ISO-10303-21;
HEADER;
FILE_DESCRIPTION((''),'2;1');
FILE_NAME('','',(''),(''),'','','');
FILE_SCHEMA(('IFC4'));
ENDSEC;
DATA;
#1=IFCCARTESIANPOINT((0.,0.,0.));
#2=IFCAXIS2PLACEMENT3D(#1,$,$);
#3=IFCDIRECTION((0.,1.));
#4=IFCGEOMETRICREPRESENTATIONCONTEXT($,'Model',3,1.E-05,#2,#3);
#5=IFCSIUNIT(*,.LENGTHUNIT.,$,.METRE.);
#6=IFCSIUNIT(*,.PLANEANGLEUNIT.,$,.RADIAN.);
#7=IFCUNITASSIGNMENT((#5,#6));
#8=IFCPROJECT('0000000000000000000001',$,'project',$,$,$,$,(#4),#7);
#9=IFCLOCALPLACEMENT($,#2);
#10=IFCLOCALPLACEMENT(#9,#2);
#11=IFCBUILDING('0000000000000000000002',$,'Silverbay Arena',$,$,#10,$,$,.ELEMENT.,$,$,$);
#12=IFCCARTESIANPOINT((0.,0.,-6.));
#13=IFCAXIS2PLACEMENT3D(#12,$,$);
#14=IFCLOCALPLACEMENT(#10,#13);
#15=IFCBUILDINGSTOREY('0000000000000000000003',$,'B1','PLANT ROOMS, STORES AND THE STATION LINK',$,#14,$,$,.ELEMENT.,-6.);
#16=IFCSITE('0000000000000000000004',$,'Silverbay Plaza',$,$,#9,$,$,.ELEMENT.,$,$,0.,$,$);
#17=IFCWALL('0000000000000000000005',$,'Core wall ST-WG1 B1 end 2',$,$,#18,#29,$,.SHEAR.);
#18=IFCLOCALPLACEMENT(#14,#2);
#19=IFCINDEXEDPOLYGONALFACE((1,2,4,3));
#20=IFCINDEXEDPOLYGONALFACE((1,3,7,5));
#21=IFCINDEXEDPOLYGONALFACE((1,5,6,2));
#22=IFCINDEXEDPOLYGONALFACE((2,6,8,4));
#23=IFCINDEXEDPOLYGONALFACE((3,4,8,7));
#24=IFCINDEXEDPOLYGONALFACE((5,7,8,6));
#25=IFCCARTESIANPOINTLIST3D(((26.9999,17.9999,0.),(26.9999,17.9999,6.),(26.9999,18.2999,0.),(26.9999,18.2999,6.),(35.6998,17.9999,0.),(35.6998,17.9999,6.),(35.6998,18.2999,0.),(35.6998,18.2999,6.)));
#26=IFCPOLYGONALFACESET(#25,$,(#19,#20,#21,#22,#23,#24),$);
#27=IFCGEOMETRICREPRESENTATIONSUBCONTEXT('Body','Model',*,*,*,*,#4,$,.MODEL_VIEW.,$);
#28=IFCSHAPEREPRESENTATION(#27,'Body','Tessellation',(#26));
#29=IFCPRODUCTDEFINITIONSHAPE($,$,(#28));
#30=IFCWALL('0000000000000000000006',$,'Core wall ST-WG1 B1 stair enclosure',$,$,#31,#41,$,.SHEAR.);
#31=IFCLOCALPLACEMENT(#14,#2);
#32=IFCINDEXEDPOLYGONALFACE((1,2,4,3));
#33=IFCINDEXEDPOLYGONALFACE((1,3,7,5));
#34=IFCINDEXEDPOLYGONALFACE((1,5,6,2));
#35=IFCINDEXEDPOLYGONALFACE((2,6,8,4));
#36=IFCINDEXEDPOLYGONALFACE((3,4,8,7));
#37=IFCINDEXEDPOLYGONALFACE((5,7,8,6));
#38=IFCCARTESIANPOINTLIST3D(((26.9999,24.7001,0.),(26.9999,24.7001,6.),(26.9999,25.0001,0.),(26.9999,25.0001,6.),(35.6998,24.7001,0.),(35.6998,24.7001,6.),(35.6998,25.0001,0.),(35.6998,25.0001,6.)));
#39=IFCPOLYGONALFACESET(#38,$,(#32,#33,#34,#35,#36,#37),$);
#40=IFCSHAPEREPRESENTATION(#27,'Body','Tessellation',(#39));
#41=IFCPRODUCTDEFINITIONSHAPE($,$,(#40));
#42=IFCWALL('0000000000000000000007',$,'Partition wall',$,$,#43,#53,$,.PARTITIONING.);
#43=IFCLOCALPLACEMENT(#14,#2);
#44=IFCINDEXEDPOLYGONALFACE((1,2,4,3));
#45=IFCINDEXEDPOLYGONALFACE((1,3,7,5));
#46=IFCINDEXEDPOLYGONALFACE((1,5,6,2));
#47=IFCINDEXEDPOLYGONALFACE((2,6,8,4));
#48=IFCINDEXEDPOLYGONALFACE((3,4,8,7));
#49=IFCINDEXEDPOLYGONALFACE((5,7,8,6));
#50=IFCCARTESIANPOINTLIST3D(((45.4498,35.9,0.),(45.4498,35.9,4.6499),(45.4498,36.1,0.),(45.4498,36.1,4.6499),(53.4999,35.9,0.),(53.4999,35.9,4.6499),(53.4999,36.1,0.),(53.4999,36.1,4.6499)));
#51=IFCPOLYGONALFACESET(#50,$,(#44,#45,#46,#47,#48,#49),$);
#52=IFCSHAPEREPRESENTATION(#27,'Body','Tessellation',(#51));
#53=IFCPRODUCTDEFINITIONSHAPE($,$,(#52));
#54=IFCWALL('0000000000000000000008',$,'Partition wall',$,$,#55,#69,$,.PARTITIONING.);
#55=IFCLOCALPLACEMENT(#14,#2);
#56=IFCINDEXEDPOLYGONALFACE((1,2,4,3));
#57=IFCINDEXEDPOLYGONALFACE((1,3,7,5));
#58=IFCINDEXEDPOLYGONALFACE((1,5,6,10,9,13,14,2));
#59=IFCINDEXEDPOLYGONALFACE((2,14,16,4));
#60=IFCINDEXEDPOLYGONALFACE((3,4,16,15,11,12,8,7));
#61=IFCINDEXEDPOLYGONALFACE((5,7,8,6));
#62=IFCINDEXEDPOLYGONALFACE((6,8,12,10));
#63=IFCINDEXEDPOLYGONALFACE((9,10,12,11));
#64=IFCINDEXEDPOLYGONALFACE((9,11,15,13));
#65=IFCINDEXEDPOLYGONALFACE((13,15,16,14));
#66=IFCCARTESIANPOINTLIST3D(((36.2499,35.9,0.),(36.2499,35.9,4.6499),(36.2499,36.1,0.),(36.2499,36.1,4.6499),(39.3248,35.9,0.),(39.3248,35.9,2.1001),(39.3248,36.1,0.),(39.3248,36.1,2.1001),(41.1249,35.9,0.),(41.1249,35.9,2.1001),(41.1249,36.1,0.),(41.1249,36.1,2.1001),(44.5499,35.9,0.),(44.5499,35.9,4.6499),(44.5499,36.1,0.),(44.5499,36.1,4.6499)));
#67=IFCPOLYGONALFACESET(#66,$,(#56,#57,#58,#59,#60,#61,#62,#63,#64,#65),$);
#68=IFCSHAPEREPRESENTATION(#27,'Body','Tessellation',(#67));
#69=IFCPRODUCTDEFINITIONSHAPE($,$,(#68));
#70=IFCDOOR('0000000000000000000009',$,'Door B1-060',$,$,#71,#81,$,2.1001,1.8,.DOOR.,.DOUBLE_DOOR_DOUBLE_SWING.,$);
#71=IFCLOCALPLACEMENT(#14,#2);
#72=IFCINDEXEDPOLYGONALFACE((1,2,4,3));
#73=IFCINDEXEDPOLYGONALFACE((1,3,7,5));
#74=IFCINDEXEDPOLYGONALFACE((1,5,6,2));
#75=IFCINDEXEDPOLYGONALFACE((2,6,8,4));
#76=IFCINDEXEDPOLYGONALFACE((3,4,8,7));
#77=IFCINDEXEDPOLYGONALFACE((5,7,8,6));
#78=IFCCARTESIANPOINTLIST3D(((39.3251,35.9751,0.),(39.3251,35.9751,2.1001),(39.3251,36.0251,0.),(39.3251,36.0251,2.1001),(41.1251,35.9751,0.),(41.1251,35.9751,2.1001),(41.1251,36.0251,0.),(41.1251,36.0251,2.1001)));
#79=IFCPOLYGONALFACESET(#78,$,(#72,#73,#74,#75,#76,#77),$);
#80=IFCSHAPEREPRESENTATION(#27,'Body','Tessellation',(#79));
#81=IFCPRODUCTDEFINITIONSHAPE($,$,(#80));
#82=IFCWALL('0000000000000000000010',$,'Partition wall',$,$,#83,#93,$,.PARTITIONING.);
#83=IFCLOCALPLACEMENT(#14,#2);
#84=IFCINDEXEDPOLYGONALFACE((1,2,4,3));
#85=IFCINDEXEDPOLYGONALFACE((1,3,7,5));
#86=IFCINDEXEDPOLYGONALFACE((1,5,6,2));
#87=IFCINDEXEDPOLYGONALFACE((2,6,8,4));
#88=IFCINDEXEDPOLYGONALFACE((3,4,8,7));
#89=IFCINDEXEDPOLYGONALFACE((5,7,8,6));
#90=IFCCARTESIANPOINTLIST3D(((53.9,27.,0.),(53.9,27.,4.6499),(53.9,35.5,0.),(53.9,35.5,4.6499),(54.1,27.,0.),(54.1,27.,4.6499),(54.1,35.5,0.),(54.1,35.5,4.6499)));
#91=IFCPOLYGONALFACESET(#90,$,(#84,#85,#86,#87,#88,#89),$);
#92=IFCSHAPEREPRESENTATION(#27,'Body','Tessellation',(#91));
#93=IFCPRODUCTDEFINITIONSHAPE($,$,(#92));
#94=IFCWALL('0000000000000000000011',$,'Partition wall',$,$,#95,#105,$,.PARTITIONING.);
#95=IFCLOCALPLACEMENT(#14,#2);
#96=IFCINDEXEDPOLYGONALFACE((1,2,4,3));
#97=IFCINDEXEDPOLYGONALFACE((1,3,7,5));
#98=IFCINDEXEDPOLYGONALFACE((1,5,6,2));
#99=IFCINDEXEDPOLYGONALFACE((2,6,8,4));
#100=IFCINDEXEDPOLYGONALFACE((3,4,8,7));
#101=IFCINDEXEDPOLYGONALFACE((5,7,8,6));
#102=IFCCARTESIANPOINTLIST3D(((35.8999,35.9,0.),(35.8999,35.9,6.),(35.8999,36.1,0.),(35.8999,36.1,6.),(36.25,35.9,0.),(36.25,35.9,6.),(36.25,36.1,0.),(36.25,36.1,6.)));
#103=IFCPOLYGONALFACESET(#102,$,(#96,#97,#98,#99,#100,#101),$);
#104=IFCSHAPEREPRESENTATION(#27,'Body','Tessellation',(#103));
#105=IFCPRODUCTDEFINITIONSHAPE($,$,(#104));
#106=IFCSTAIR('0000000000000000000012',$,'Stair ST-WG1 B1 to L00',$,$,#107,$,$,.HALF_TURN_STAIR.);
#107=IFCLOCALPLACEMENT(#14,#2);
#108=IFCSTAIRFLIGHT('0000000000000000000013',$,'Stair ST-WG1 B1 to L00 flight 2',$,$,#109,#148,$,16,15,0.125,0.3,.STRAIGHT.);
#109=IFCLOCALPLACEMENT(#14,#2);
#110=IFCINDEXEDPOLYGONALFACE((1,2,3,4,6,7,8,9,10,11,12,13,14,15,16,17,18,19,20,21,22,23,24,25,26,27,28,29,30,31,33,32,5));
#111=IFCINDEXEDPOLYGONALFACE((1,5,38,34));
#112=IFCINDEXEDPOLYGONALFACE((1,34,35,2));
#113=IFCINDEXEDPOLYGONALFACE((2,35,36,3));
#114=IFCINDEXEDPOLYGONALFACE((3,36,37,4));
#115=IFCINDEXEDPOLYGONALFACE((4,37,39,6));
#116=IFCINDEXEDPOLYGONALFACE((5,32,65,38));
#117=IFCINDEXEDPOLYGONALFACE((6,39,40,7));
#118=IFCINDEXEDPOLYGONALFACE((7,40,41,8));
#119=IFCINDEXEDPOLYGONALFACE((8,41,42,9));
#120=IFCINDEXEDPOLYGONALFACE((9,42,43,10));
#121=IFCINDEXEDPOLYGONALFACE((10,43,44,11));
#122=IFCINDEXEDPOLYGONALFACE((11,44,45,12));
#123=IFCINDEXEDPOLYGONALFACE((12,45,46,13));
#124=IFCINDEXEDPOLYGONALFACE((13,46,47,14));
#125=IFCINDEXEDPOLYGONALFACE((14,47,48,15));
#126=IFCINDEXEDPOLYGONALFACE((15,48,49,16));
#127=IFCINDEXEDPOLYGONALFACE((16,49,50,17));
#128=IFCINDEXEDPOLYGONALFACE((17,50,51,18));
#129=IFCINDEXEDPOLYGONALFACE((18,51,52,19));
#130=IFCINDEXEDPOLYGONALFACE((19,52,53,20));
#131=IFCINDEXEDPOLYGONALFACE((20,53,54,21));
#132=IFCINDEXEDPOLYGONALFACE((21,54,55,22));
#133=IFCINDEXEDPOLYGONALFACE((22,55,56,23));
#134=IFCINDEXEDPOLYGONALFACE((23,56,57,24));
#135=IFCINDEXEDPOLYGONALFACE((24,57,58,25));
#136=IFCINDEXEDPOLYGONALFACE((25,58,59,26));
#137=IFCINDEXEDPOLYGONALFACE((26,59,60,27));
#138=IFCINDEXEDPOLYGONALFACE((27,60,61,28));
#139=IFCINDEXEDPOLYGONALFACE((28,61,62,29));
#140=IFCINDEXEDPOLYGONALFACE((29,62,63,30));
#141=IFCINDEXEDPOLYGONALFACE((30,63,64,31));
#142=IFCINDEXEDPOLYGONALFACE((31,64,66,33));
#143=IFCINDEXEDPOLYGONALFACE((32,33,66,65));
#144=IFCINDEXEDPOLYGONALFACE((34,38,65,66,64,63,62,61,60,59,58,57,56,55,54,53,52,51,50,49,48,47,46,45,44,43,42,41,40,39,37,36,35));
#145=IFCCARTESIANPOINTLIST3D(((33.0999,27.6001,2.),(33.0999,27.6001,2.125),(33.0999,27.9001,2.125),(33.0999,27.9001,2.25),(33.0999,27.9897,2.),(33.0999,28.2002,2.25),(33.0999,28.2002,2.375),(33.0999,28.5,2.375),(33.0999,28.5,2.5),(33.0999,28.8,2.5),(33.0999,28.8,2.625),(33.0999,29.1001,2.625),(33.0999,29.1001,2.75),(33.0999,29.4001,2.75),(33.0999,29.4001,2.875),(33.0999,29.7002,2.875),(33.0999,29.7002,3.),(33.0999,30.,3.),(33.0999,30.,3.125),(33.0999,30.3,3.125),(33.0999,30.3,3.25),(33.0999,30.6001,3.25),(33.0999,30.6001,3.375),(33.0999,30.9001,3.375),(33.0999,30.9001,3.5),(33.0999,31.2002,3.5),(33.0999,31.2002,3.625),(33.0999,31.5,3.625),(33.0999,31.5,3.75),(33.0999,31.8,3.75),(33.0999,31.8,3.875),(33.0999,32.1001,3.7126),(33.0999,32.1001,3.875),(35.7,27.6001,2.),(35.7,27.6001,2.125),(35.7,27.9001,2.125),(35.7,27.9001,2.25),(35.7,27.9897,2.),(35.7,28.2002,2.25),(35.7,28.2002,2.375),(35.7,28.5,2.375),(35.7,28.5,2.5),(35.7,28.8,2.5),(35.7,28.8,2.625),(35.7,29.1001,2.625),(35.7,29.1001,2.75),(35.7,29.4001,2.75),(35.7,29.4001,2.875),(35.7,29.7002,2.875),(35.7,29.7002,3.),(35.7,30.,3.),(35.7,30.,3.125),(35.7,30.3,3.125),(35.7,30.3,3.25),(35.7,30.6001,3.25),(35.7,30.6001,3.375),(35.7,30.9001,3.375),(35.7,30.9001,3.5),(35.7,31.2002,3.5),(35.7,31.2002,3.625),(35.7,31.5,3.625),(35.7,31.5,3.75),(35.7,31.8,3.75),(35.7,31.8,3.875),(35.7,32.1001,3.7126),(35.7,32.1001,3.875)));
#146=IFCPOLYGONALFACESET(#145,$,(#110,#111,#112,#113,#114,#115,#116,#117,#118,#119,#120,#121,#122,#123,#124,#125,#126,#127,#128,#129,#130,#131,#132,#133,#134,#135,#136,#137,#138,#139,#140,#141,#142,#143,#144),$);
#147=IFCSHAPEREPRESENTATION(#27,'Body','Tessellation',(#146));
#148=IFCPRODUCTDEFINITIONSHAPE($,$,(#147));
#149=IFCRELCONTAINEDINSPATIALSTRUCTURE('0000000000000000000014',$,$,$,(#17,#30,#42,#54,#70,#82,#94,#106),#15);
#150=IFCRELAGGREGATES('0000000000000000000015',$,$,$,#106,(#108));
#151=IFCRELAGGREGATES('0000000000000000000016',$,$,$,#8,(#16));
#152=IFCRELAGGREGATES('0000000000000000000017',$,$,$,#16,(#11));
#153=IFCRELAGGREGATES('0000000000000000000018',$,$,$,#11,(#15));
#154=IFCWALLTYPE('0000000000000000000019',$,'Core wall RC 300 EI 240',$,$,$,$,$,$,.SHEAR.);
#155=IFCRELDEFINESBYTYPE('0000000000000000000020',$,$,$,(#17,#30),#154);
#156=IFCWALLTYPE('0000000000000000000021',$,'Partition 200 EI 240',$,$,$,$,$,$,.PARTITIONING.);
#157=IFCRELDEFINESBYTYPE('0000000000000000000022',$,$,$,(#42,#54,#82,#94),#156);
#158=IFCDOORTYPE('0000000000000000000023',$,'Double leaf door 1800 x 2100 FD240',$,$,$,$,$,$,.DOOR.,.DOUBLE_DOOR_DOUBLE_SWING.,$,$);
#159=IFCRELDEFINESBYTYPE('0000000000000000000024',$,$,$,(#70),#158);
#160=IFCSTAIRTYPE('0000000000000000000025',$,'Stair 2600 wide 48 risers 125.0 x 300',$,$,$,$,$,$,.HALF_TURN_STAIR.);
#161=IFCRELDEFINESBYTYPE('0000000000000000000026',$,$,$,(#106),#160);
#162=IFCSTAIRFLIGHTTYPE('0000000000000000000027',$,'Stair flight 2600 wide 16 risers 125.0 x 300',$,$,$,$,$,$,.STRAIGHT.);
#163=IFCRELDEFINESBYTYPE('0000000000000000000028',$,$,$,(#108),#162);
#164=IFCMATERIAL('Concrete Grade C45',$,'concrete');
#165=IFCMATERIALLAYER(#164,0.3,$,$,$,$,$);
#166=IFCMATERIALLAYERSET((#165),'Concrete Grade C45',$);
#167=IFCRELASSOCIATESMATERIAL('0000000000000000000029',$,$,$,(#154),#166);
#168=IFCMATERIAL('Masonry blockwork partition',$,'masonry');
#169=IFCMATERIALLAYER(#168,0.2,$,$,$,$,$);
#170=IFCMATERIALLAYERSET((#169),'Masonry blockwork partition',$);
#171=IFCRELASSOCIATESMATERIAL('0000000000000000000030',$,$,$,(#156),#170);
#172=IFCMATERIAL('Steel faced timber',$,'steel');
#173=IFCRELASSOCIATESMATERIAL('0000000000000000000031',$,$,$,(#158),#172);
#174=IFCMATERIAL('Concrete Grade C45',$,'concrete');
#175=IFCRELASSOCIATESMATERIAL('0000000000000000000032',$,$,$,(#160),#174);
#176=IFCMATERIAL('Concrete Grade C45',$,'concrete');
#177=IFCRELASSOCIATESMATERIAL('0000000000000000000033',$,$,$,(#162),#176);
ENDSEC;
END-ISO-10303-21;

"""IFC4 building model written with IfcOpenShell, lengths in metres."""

from ifc_helpers import new_model, si_unit, direction, frame, frame_2d, origin, place, context, subcontext, project, spatial, polyline, rectangle, outline, extrude, material, layer, layer_set, type_object, element, fill, aggregate, save


model = new_model("IFC4")

# Units and contexts
model_context = context("Model", 3, precision=1e-05, world=origin(), true_north=direction((0.0, 1.0)))
body_context = subcontext(model_context, "Body", "Model", "MODEL_VIEW")
ifc_project = project(units=[si_unit("LENGTHUNIT", "METRE"), si_unit("PLANEANGLEUNIT", "RADIAN")], contexts=[model_context])

# Site, building, storey
site_placement = place(None, origin())
site = spatial("IfcSite", under=ifc_project, at=site_placement, Name="Silverbay Plaza", CompositionType="ELEMENT", RefElevation=0.0)
building_placement = place(site_placement, origin())
building = spatial("IfcBuilding", under=site, at=building_placement, Name="Silverbay Arena", CompositionType="ELEMENT")
storey_placement = place(building_placement, frame((0.0, 0.0, -6.0)))
storey = spatial("IfcBuildingStorey", under=building, at=storey_placement, Name="B1", Description="PLANT ROOMS, STORES AND THE STATION LINK", CompositionType="ELEMENT", Elevation=-6.0)

# Shared definitions
ifc_material_1 = material(Name="Concrete Grade C45", Category="concrete")
ifc_layer_1 = layer(ifc_material_1, 0.3)
ifc_layer_set_1 = layer_set([ifc_layer_1], Name="Concrete Grade C45")
wall_type_1 = type_object("IfcWallType", Name="Core wall RC 300 EI 240", PredefinedType="SHEAR", material=ifc_layer_set_1)

# Walls
for number, where, z_axis, x_axis, name in (
    (1, (35.7, 18.1499, 0.0), (0.0, 0.0, 1.0), (-1.0, 0.0, 0.0), "Core wall ST-WG1 B1 end 2"),
    (2, (35.7, 24.8501, 0.0), (0.0, 0.0, 1.0), (-1.0, 0.0, 0.0), "Core wall ST-WG1 B1 stair enclosure"),
):
    element("IfcWall", number, at=place(storey_placement, frame(where, z_axis=z_axis, x_axis=x_axis)), inside=storey, type_object=wall_type_1, Name=name, PredefinedType="SHEAR", context=body_context, shape_type="SweptSolid", body=[
        extrude(rectangle(XDim=8.7, YDim=0.3, at=frame_2d((4.3501, 0.0))), origin(), (0.0, 0.0, 1.0), 6.0),
    ])
ifc_material_2 = material(Name="Masonry blockwork partition", Category="masonry")
ifc_layer_2 = layer(ifc_material_2, 0.2)
ifc_layer_set_2 = layer_set([ifc_layer_2], Name="Masonry blockwork partition")
wall_type_2 = type_object("IfcWallType", Name="Partition 200 EI 240", PredefinedType="PARTITIONING", material=ifc_layer_set_2)
wall_1_placement = place(storey_placement, frame((45.45, 36.0, 0.0), z_axis=(0.0, 0.0, 1.0), x_axis=(1.0, 0.0, 0.0)))
element("IfcWall", 3, at=wall_1_placement, inside=storey, type_object=wall_type_2, Name="Partition wall", PredefinedType="PARTITIONING", context=body_context, shape_type="SweptSolid", body=[
    extrude(rectangle(XDim=8.05, YDim=0.2, at=frame_2d((4.0249, 0.0))), origin(), (0.0, 0.0, 1.0), 4.6499),
])

# Wall, opening, door
wall_2_placement = place(storey_placement, frame((36.25, 36.0, 0.0), z_axis=(0.0, 0.0, 1.0), x_axis=(1.0, 0.0, 0.0)))
wall_2 = element("IfcWall", 4, at=wall_2_placement, inside=storey, type_object=wall_type_2, Name="Partition wall", PredefinedType="PARTITIONING", context=body_context, shape_type="SweptSolid", body=[
    extrude(rectangle(XDim=8.3, YDim=0.2, at=frame_2d((4.1499, 0.0))), origin(), (0.0, 0.0, 1.0), 4.6499),
])
opening_1_placement = place(wall_2_placement, frame((3.075, 0.0, 0.0)))
opening_1 = element("IfcOpeningElement", 5, at=opening_1_placement, cuts=wall_2, PredefinedType="OPENING", context=body_context, shape_type="SweptSolid", body=[
    extrude(rectangle(XDim=1.8, YDim=2.1001, at=frame_2d((0.8999, 1.05))), frame((0.0, 0.1099, 0.0), z_axis=(0.0, -1.0, 0.0), x_axis=(1.0, 0.0, 0.0)), (0.0, 0.0, 1.0), 0.22),
])
ifc_material_3 = material(Name="Steel faced timber", Category="steel")
door_type_1 = type_object("IfcDoorType", Name="Double leaf door 1800 x 2100 FD240", OperationType="DOUBLE_DOOR_DOUBLE_SWING", PredefinedType="DOOR", material=ifc_material_3)
door_1_placement = place(opening_1_placement, frame((1.8, 0.0, 0.0), z_axis=(0.0, 0.0, 1.0), x_axis=(-1.0, 0.0, 0.0)))
door_1 = element("IfcDoor", 6, at=door_1_placement, inside=storey, type_object=door_type_1, Name="Door B1-060", OperationType="DOUBLE_DOOR_DOUBLE_SWING", OverallHeight=2.1001, OverallWidth=1.8, PredefinedType="DOOR", context=body_context, shape_type="SweptSolid", body=[
    extrude(rectangle(XDim=1.8, YDim=2.1001, at=frame_2d((0.8999, 1.05))), frame((0.0, 0.0249, 0.0), z_axis=(0.0, -1.0, 0.0), x_axis=(1.0, 0.0, 0.0)), (0.0, 0.0, 1.0), 0.05),
])
fill(opening_1, door_1)

# Walls
wall_3_placement = place(storey_placement, frame((54.0, 27.0, 0.0), z_axis=(0.0, 0.0, 1.0), x_axis=(0.0, 1.0, 0.0)))
element("IfcWall", 7, at=wall_3_placement, inside=storey, type_object=wall_type_2, Name="Partition wall", PredefinedType="PARTITIONING", context=body_context, shape_type="SweptSolid", body=[
    extrude(rectangle(XDim=8.5, YDim=0.2, at=frame_2d((4.25, 0.0))), origin(), (0.0, 0.0, 1.0), 4.6499),
])
wall_4_placement = place(storey_placement, frame((35.8999, 36.0, 0.0), z_axis=(0.0, 0.0, 1.0), x_axis=(1.0, 0.0, 0.0)))
element("IfcWall", 8, at=wall_4_placement, inside=storey, type_object=wall_type_2, Name="Partition wall", PredefinedType="PARTITIONING", context=body_context, shape_type="SweptSolid", body=[
    extrude(rectangle(XDim=0.3501, YDim=0.2, at=frame_2d((0.175, 0.0))), origin(), (0.0, 0.0, 1.0), 6.0),
])

# Stair, stair flight
ifc_material_4 = material(Name="Concrete Grade C45", Category="concrete")
stair_type = type_object("IfcStairType", Name="Stair 2600 wide 48 risers 125.0 x 300", PredefinedType="HALF_TURN_STAIR", material=ifc_material_4)
stair_placement = place(storey_placement, origin())
stair = element("IfcStair", 9, at=stair_placement, inside=storey, type_object=stair_type, Name="Stair ST-WG1 B1 to L00", PredefinedType="HALF_TURN_STAIR")
ifc_material_5 = material(Name="Concrete Grade C45", Category="concrete")
stair_flight_type = type_object("IfcStairFlightType", Name="Stair flight 2600 wide 16 risers 125.0 x 300", PredefinedType="STRAIGHT", material=ifc_material_5)
stair_flight_placement = place(storey_placement, frame((34.3999, 27.6001, 2.0), z_axis=(0.0, 0.0, 1.0), x_axis=(0.0, 1.0, 0.0)))
stair_flight = element("IfcStairFlight", 10, at=stair_flight_placement, type_object=stair_flight_type, Name="Stair ST-WG1 B1 to L00 flight 2", NumberOfRisers=16, NumberOfTreads=15, PredefinedType="STRAIGHT", RiserHeight=0.125, TreadLength=0.3, context=body_context, shape_type="SweptSolid", body=[
    extrude(outline(polyline([(0.0, 0.0), (0.0, 0.125), (0.3, 0.125), (0.3, 0.25), (0.6001, 0.25), (0.6001, 0.375), (0.8999, 0.375), (0.8999, 0.5), (1.2, 0.5), (1.2, 0.625), (1.5, 0.625), (1.5, 0.75), (1.8, 0.75), (1.8, 0.875), (2.1001, 0.875), (2.1001, 1.0), (2.3999, 1.0), (2.3999, 1.125), (2.7, 1.125), (2.7, 1.25), (3.0, 1.25), (3.0, 1.375), (3.3, 1.375), (3.3, 1.5), (3.6001, 1.5), (3.6001, 1.625), (3.8999, 1.625), (3.8999, 1.75), (4.2, 1.75), (4.2, 1.875), (4.5, 1.875), (4.5, 1.7126), (0.3896, 0.0), (0.0, 0.0)])), frame((0.0, 1.3, 0.0), z_axis=(0.0, -1.0, 0.0), x_axis=(1.0, 0.0, 0.0)), (0.0, 0.0, 1.0), 2.6001),
])
aggregate(stair, [stair_flight])

save(model, "model.ifc")
